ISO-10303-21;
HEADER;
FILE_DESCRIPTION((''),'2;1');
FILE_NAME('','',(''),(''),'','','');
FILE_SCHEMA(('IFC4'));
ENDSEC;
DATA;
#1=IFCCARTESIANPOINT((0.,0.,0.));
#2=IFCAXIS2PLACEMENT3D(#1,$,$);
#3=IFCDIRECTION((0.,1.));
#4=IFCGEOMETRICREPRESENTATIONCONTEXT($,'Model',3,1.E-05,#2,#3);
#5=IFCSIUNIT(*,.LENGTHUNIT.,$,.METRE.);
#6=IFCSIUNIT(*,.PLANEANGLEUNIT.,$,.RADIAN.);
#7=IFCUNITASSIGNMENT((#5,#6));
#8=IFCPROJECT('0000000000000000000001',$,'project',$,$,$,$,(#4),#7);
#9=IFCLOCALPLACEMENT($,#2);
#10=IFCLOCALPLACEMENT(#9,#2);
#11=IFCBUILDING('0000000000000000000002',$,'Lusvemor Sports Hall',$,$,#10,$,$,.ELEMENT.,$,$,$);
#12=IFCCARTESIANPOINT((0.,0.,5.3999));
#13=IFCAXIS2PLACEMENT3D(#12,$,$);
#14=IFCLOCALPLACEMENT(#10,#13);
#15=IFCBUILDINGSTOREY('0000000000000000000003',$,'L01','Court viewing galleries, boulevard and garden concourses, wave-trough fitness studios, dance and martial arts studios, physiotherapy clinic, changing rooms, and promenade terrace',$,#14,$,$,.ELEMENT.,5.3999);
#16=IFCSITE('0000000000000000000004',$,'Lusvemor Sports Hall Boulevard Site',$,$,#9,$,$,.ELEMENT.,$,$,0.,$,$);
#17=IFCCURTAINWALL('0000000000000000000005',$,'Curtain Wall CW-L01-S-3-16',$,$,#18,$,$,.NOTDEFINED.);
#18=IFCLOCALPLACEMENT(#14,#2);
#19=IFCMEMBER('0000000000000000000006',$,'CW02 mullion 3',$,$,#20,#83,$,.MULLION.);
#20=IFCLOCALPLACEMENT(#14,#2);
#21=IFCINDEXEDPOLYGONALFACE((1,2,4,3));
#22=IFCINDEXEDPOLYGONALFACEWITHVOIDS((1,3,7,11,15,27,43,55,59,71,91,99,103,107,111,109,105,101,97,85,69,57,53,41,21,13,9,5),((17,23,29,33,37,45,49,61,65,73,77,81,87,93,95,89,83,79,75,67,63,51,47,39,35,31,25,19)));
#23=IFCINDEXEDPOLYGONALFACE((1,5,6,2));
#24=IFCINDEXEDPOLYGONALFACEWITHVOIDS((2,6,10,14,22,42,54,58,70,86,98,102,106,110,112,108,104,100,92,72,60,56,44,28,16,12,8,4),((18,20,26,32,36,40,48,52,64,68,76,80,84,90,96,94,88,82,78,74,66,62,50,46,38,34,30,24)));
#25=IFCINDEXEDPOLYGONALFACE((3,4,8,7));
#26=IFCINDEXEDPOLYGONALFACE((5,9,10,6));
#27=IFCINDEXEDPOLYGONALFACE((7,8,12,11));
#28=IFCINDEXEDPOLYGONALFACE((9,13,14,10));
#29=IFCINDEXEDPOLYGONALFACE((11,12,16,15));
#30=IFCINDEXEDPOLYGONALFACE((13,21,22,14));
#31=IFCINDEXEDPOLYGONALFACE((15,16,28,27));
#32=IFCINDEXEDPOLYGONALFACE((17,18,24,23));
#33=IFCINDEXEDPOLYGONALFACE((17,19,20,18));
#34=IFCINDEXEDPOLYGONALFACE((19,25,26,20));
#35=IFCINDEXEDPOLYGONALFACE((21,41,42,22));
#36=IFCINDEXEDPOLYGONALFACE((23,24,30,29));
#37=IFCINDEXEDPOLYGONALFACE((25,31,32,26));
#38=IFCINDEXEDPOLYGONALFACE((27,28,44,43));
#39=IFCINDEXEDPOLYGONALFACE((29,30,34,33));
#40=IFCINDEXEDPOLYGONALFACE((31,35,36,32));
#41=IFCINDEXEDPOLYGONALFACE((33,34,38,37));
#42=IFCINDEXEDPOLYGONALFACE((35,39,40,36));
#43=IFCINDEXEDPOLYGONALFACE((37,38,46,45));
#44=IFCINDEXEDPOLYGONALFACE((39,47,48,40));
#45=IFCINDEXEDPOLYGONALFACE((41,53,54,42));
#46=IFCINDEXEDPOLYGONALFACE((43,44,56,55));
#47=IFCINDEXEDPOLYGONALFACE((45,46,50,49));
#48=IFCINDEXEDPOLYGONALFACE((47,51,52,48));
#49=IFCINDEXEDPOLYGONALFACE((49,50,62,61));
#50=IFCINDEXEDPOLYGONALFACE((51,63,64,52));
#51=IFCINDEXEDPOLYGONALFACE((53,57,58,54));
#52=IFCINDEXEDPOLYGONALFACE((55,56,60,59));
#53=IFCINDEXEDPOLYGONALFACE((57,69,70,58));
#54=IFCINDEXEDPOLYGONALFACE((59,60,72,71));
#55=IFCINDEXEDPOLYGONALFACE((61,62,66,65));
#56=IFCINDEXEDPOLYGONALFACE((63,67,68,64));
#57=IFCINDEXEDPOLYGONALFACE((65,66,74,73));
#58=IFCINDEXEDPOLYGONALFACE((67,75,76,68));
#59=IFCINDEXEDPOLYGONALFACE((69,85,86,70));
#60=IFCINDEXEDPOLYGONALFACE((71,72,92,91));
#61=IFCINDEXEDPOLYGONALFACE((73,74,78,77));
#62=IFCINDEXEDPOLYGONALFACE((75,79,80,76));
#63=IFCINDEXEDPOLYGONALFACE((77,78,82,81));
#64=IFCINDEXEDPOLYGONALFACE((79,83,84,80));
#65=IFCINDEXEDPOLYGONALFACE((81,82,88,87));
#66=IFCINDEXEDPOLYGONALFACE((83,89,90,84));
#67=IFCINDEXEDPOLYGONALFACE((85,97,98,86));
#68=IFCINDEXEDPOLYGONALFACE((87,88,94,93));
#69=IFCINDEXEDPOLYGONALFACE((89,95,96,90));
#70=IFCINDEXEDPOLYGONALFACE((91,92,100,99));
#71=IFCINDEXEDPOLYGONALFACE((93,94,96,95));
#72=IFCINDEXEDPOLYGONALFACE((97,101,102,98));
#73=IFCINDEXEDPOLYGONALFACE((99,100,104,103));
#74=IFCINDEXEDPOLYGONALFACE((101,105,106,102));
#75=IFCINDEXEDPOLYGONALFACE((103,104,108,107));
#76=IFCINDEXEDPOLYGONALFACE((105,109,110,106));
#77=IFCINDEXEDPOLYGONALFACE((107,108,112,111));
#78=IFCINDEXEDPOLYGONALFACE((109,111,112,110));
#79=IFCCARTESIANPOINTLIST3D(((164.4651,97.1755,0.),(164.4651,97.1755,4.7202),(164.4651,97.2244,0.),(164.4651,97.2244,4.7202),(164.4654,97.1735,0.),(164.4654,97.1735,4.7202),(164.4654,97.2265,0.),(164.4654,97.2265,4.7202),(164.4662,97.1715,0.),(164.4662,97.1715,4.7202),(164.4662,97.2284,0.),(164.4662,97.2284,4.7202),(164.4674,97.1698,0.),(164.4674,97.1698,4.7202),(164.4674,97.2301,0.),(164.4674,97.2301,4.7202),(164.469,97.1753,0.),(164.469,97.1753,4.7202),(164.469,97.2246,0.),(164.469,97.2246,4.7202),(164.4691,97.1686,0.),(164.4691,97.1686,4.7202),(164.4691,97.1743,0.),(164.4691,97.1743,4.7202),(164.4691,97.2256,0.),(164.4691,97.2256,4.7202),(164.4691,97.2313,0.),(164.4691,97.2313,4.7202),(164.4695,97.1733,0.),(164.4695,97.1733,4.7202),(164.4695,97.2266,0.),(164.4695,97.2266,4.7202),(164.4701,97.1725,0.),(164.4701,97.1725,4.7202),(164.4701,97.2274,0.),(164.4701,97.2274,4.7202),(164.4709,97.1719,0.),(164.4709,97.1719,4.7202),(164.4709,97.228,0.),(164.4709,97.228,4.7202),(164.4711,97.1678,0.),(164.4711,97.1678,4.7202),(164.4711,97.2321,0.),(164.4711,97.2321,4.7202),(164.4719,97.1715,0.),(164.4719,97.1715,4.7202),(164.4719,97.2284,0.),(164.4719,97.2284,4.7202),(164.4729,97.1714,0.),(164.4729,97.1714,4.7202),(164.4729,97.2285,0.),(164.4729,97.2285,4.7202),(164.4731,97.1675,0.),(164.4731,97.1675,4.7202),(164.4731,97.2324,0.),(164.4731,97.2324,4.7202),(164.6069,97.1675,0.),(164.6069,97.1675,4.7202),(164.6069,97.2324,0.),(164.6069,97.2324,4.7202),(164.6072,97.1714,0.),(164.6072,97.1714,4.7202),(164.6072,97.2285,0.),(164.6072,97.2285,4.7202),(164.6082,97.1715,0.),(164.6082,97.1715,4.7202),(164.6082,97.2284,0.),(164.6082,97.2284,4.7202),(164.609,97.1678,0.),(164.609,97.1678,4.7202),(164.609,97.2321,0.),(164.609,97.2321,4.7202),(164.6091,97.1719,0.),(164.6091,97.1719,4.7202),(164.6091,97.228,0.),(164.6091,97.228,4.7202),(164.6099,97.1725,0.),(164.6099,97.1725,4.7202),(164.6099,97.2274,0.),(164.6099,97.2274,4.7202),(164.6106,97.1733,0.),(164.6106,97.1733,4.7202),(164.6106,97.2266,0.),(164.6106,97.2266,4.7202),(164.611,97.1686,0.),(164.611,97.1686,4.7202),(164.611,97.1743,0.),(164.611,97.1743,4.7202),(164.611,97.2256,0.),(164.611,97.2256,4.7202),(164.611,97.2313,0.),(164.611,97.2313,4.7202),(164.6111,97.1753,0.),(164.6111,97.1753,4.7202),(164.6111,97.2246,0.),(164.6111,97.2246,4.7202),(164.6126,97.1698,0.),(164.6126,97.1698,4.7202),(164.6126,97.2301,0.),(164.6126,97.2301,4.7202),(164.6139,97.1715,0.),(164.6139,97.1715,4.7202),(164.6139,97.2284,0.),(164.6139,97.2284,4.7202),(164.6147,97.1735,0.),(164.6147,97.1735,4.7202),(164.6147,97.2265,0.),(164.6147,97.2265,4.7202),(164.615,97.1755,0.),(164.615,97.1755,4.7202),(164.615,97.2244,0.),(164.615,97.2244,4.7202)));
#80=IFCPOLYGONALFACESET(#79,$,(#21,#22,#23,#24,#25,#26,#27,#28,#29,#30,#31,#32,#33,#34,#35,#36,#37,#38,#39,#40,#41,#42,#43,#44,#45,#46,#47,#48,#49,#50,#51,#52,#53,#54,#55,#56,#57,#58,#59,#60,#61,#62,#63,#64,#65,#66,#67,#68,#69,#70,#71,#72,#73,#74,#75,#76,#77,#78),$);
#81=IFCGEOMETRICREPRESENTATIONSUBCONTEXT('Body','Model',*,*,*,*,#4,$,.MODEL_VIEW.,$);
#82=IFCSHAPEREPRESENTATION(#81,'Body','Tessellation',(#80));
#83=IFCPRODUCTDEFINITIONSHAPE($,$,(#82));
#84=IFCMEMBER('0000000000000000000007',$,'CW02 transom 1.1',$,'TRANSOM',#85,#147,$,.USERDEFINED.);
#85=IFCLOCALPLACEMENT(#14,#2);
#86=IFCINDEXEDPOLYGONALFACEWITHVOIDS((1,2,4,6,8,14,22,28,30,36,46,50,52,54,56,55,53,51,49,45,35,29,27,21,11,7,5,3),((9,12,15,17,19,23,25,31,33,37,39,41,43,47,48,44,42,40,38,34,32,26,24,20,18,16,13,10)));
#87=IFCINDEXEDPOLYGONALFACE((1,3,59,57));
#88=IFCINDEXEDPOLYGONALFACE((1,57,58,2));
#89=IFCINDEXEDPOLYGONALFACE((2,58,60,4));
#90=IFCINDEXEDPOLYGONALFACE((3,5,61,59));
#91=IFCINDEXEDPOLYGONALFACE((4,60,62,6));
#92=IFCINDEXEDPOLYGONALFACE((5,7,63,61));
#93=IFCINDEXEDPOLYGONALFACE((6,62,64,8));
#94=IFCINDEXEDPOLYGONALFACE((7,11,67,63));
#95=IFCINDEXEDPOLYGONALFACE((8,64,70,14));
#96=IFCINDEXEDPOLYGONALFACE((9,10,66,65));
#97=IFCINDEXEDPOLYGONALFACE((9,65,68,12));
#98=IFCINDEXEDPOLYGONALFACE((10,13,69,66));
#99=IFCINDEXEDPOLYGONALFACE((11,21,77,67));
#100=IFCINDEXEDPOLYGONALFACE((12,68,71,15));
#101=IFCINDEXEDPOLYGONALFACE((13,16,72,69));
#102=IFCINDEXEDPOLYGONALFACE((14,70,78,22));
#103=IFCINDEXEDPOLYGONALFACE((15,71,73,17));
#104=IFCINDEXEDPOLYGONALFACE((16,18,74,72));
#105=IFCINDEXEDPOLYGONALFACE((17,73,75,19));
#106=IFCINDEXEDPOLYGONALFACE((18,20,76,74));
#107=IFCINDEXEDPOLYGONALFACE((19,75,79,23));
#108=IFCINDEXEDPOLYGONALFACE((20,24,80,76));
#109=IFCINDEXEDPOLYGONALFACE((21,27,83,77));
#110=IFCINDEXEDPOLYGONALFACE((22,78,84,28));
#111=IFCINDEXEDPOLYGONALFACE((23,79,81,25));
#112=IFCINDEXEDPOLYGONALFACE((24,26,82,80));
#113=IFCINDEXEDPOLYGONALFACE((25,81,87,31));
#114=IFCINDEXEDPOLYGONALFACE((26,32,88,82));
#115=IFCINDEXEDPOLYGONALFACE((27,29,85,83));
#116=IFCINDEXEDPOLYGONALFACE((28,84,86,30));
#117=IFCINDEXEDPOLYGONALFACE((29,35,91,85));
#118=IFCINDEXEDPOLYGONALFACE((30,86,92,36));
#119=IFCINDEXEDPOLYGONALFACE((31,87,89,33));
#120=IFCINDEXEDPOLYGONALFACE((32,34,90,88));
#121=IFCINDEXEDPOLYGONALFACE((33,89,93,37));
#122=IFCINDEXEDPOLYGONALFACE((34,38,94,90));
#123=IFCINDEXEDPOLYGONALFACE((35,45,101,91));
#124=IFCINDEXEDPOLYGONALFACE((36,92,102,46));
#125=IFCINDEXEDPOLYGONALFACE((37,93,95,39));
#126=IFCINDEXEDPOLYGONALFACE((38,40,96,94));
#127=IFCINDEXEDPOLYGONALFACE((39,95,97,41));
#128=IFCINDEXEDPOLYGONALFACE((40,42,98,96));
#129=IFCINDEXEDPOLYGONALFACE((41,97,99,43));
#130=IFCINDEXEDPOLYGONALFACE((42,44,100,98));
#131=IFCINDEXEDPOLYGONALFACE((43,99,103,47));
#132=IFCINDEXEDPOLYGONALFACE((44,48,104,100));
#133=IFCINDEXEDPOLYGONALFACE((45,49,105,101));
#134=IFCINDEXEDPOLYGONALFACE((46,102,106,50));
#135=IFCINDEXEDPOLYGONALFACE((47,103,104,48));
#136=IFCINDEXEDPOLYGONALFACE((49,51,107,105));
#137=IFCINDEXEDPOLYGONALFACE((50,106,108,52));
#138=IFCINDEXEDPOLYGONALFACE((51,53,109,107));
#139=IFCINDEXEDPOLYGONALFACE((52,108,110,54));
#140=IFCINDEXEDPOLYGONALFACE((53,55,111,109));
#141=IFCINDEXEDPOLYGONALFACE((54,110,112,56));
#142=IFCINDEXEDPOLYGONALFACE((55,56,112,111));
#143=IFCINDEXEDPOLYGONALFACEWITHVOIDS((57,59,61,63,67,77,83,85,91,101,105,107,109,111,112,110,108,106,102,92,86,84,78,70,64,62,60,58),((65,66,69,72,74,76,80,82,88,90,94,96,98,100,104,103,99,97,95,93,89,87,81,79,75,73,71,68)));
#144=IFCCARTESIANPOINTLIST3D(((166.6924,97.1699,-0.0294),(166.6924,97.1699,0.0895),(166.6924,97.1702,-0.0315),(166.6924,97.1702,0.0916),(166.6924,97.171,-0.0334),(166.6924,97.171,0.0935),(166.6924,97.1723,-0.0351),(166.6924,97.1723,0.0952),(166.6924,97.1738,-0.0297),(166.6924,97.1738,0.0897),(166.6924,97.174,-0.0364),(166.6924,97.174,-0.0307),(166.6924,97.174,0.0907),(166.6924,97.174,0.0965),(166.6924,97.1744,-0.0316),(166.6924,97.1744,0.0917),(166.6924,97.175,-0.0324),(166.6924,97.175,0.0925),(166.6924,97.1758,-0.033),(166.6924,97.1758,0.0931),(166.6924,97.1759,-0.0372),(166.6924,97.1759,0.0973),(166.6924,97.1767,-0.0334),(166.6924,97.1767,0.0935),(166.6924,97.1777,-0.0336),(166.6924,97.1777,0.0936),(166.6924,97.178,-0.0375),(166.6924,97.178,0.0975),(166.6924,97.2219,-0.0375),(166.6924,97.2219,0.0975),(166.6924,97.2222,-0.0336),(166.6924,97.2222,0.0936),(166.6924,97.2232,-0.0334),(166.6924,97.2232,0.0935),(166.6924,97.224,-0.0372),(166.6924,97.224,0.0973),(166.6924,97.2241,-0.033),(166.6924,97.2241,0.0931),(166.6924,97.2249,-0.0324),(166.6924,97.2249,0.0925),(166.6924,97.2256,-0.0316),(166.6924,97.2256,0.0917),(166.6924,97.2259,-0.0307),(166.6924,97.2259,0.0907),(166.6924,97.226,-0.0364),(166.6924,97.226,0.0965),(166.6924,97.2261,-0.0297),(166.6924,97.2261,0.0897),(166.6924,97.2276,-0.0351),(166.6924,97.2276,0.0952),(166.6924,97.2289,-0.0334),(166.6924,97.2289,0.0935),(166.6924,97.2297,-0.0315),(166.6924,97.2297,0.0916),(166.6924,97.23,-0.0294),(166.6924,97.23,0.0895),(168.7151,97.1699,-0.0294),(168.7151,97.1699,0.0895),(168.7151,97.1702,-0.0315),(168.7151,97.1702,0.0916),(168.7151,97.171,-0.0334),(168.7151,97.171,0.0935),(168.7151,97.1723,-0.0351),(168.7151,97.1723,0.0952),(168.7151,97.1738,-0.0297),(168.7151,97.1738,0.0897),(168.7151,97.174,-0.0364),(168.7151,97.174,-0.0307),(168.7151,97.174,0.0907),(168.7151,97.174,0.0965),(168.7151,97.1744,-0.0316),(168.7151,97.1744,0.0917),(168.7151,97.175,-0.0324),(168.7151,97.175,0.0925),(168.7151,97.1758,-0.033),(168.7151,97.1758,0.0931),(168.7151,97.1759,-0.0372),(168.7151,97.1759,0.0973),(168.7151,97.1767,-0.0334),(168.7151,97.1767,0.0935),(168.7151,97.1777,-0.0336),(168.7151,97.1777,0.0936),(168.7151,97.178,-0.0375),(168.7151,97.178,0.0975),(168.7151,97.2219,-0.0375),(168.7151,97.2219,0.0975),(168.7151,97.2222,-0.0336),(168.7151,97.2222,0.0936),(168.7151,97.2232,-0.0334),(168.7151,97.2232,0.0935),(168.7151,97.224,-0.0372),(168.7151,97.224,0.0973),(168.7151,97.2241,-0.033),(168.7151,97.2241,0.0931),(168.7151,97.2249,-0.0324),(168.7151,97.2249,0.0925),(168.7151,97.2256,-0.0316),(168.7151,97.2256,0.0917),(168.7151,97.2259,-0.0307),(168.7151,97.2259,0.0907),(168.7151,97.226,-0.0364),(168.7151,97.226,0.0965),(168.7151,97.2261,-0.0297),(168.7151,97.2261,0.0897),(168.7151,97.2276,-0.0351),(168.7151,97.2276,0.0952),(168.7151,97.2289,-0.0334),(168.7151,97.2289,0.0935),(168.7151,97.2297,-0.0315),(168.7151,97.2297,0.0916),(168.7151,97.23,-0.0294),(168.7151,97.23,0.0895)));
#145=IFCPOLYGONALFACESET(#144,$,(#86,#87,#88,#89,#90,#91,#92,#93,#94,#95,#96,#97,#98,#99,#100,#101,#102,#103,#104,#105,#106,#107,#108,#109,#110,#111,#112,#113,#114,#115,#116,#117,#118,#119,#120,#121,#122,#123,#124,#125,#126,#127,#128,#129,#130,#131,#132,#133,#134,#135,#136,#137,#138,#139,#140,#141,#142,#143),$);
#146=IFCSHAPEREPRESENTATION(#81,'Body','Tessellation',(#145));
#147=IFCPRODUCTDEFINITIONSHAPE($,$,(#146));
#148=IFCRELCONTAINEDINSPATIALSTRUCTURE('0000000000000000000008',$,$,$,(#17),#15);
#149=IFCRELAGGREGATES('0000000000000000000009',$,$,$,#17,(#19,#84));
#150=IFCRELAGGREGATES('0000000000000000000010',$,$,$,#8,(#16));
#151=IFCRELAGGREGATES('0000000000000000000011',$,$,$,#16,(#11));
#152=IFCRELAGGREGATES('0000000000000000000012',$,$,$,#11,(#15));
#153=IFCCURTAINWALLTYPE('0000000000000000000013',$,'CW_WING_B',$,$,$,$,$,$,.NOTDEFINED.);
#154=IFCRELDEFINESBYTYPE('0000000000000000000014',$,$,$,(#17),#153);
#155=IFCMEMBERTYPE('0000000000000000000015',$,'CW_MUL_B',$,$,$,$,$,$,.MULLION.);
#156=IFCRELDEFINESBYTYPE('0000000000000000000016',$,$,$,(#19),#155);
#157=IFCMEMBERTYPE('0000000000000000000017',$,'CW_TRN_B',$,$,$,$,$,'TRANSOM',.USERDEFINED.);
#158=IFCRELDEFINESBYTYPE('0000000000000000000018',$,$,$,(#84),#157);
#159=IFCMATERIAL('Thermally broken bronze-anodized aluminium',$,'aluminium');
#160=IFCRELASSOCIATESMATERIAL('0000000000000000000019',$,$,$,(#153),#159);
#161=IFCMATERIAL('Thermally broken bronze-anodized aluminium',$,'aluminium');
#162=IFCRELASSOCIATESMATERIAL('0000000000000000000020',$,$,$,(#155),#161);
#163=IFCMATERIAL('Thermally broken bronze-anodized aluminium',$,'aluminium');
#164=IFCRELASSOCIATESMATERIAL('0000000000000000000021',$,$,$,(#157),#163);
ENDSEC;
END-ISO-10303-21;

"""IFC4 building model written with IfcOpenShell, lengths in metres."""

from ifc_helpers import new_model, si_unit, direction, frame, origin, origin_2d, place, context, subcontext, project, spatial, hollow_rectangle, extrude, material, material_profile, profile_set, type_object, element, aggregate, save


model = new_model("IFC4")

# Units and contexts
model_context = context("Model", 3, precision=1e-05, world=origin(), true_north=direction((0.0, 1.0)))
body_context = subcontext(model_context, "Body", "Model", "MODEL_VIEW")
ifc_project = project(units=[si_unit("LENGTHUNIT", "METRE"), si_unit("PLANEANGLEUNIT", "RADIAN")], contexts=[model_context])

# Site, building, storey
site_placement = place(None, origin())
site = spatial("IfcSite", under=ifc_project, at=site_placement, Name="Lusvemor Sports Hall Boulevard Site", CompositionType="ELEMENT", RefElevation=0.0)
building_placement = place(site_placement, origin())
building = spatial("IfcBuilding", under=site, at=building_placement, Name="Lusvemor Sports Hall", CompositionType="ELEMENT")
storey_placement = place(building_placement, frame((0.0, 0.0, 5.3999)))
storey = spatial("IfcBuildingStorey", under=building, at=storey_placement, Name="L01", Description="Court viewing galleries, boulevard and garden concourses, wave-trough fitness studios, dance and martial arts studios, physiotherapy clinic, changing rooms, and promenade terrace", CompositionType="ELEMENT", Elevation=5.3999)

# Curtain wall, members
ifc_material_1 = material(Name="Thermally broken bronze-anodized aluminium", Category="aluminium")
curtain_wall_type = type_object("IfcCurtainWallType", Name="CW_WING_B", PredefinedType="NOTDEFINED", material=ifc_material_1)
curtain_wall_placement = place(storey_placement, origin())
curtain_wall = element("IfcCurtainWall", 1, at=curtain_wall_placement, inside=storey, type_object=curtain_wall_type, Name="Curtain Wall CW-L01-S-3-16", PredefinedType="NOTDEFINED")
ifc_material_2 = material(Name="Thermally broken bronze-anodized aluminium", Category="aluminium")
ifc_material_profile_1 = material_profile(ifc_material_2, hollow_rectangle(XDim=0.0649, YDim=0.1499, WallThickness=0.0039, InnerFilletRadius=0.0039, OuterFilletRadius=0.0081, at=origin_2d()), Name="CWMUL150x65x4")
ifc_profile_set_1 = profile_set([ifc_material_profile_1], Name="Thermally broken bronze-anodized aluminium")
member_type_1 = type_object("IfcMemberType", Name="CW_MUL_B", PredefinedType="MULLION", material=ifc_profile_set_1)
member_1_placement = place(storey_placement, frame((164.54, 97.2, 0.0), z_axis=(0.0, 0.0, 1.0), x_axis=(0.0, -1.0, 0.0)))
member_1 = element("IfcMember", 2, at=member_1_placement, type_object=member_type_1, Name="CW02 mullion 3", PredefinedType="MULLION", context=body_context, shape_type="SweptSolid", body=[
    extrude(hollow_rectangle(XDim=0.0649, YDim=0.1499, WallThickness=0.0039, InnerFilletRadius=0.0039, OuterFilletRadius=0.0081, at=origin_2d()), origin(), (0.0, 0.0, 1.0), 4.7202),
])
ifc_material_3 = material(Name="Thermally broken bronze-anodized aluminium", Category="aluminium")
ifc_material_profile_2 = material_profile(ifc_material_3, hollow_rectangle(XDim=0.0601, YDim=0.135, WallThickness=0.0039, InnerFilletRadius=0.0039, OuterFilletRadius=0.0081, at=origin_2d()), Name="CWTRN135x60x4")
ifc_profile_set_2 = profile_set([ifc_material_profile_2], Name="Thermally broken bronze-anodized aluminium")
member_type_2 = type_object("IfcMemberType", Name="CW_TRN_B", ElementType="TRANSOM", PredefinedType="USERDEFINED", material=ifc_profile_set_2)
member_2_placement = place(storey_placement, frame((168.7151, 97.2, 0.03), z_axis=(-1.0, 0.0, 0.0), x_axis=(0.0, -1.0, 0.0)))
member_2 = element("IfcMember", 3, at=member_2_placement, type_object=member_type_2, Name="CW02 transom 1.1", ObjectType="TRANSOM", PredefinedType="USERDEFINED", context=body_context, shape_type="SweptSolid", body=[
    extrude(hollow_rectangle(XDim=0.0601, YDim=0.135, WallThickness=0.0039, InnerFilletRadius=0.0039, OuterFilletRadius=0.0081, at=origin_2d()), origin(), (0.0, 0.0, 1.0), 2.0227),
])

aggregate(curtain_wall, [member_1, member_2])

save(model, "model.ifc")
